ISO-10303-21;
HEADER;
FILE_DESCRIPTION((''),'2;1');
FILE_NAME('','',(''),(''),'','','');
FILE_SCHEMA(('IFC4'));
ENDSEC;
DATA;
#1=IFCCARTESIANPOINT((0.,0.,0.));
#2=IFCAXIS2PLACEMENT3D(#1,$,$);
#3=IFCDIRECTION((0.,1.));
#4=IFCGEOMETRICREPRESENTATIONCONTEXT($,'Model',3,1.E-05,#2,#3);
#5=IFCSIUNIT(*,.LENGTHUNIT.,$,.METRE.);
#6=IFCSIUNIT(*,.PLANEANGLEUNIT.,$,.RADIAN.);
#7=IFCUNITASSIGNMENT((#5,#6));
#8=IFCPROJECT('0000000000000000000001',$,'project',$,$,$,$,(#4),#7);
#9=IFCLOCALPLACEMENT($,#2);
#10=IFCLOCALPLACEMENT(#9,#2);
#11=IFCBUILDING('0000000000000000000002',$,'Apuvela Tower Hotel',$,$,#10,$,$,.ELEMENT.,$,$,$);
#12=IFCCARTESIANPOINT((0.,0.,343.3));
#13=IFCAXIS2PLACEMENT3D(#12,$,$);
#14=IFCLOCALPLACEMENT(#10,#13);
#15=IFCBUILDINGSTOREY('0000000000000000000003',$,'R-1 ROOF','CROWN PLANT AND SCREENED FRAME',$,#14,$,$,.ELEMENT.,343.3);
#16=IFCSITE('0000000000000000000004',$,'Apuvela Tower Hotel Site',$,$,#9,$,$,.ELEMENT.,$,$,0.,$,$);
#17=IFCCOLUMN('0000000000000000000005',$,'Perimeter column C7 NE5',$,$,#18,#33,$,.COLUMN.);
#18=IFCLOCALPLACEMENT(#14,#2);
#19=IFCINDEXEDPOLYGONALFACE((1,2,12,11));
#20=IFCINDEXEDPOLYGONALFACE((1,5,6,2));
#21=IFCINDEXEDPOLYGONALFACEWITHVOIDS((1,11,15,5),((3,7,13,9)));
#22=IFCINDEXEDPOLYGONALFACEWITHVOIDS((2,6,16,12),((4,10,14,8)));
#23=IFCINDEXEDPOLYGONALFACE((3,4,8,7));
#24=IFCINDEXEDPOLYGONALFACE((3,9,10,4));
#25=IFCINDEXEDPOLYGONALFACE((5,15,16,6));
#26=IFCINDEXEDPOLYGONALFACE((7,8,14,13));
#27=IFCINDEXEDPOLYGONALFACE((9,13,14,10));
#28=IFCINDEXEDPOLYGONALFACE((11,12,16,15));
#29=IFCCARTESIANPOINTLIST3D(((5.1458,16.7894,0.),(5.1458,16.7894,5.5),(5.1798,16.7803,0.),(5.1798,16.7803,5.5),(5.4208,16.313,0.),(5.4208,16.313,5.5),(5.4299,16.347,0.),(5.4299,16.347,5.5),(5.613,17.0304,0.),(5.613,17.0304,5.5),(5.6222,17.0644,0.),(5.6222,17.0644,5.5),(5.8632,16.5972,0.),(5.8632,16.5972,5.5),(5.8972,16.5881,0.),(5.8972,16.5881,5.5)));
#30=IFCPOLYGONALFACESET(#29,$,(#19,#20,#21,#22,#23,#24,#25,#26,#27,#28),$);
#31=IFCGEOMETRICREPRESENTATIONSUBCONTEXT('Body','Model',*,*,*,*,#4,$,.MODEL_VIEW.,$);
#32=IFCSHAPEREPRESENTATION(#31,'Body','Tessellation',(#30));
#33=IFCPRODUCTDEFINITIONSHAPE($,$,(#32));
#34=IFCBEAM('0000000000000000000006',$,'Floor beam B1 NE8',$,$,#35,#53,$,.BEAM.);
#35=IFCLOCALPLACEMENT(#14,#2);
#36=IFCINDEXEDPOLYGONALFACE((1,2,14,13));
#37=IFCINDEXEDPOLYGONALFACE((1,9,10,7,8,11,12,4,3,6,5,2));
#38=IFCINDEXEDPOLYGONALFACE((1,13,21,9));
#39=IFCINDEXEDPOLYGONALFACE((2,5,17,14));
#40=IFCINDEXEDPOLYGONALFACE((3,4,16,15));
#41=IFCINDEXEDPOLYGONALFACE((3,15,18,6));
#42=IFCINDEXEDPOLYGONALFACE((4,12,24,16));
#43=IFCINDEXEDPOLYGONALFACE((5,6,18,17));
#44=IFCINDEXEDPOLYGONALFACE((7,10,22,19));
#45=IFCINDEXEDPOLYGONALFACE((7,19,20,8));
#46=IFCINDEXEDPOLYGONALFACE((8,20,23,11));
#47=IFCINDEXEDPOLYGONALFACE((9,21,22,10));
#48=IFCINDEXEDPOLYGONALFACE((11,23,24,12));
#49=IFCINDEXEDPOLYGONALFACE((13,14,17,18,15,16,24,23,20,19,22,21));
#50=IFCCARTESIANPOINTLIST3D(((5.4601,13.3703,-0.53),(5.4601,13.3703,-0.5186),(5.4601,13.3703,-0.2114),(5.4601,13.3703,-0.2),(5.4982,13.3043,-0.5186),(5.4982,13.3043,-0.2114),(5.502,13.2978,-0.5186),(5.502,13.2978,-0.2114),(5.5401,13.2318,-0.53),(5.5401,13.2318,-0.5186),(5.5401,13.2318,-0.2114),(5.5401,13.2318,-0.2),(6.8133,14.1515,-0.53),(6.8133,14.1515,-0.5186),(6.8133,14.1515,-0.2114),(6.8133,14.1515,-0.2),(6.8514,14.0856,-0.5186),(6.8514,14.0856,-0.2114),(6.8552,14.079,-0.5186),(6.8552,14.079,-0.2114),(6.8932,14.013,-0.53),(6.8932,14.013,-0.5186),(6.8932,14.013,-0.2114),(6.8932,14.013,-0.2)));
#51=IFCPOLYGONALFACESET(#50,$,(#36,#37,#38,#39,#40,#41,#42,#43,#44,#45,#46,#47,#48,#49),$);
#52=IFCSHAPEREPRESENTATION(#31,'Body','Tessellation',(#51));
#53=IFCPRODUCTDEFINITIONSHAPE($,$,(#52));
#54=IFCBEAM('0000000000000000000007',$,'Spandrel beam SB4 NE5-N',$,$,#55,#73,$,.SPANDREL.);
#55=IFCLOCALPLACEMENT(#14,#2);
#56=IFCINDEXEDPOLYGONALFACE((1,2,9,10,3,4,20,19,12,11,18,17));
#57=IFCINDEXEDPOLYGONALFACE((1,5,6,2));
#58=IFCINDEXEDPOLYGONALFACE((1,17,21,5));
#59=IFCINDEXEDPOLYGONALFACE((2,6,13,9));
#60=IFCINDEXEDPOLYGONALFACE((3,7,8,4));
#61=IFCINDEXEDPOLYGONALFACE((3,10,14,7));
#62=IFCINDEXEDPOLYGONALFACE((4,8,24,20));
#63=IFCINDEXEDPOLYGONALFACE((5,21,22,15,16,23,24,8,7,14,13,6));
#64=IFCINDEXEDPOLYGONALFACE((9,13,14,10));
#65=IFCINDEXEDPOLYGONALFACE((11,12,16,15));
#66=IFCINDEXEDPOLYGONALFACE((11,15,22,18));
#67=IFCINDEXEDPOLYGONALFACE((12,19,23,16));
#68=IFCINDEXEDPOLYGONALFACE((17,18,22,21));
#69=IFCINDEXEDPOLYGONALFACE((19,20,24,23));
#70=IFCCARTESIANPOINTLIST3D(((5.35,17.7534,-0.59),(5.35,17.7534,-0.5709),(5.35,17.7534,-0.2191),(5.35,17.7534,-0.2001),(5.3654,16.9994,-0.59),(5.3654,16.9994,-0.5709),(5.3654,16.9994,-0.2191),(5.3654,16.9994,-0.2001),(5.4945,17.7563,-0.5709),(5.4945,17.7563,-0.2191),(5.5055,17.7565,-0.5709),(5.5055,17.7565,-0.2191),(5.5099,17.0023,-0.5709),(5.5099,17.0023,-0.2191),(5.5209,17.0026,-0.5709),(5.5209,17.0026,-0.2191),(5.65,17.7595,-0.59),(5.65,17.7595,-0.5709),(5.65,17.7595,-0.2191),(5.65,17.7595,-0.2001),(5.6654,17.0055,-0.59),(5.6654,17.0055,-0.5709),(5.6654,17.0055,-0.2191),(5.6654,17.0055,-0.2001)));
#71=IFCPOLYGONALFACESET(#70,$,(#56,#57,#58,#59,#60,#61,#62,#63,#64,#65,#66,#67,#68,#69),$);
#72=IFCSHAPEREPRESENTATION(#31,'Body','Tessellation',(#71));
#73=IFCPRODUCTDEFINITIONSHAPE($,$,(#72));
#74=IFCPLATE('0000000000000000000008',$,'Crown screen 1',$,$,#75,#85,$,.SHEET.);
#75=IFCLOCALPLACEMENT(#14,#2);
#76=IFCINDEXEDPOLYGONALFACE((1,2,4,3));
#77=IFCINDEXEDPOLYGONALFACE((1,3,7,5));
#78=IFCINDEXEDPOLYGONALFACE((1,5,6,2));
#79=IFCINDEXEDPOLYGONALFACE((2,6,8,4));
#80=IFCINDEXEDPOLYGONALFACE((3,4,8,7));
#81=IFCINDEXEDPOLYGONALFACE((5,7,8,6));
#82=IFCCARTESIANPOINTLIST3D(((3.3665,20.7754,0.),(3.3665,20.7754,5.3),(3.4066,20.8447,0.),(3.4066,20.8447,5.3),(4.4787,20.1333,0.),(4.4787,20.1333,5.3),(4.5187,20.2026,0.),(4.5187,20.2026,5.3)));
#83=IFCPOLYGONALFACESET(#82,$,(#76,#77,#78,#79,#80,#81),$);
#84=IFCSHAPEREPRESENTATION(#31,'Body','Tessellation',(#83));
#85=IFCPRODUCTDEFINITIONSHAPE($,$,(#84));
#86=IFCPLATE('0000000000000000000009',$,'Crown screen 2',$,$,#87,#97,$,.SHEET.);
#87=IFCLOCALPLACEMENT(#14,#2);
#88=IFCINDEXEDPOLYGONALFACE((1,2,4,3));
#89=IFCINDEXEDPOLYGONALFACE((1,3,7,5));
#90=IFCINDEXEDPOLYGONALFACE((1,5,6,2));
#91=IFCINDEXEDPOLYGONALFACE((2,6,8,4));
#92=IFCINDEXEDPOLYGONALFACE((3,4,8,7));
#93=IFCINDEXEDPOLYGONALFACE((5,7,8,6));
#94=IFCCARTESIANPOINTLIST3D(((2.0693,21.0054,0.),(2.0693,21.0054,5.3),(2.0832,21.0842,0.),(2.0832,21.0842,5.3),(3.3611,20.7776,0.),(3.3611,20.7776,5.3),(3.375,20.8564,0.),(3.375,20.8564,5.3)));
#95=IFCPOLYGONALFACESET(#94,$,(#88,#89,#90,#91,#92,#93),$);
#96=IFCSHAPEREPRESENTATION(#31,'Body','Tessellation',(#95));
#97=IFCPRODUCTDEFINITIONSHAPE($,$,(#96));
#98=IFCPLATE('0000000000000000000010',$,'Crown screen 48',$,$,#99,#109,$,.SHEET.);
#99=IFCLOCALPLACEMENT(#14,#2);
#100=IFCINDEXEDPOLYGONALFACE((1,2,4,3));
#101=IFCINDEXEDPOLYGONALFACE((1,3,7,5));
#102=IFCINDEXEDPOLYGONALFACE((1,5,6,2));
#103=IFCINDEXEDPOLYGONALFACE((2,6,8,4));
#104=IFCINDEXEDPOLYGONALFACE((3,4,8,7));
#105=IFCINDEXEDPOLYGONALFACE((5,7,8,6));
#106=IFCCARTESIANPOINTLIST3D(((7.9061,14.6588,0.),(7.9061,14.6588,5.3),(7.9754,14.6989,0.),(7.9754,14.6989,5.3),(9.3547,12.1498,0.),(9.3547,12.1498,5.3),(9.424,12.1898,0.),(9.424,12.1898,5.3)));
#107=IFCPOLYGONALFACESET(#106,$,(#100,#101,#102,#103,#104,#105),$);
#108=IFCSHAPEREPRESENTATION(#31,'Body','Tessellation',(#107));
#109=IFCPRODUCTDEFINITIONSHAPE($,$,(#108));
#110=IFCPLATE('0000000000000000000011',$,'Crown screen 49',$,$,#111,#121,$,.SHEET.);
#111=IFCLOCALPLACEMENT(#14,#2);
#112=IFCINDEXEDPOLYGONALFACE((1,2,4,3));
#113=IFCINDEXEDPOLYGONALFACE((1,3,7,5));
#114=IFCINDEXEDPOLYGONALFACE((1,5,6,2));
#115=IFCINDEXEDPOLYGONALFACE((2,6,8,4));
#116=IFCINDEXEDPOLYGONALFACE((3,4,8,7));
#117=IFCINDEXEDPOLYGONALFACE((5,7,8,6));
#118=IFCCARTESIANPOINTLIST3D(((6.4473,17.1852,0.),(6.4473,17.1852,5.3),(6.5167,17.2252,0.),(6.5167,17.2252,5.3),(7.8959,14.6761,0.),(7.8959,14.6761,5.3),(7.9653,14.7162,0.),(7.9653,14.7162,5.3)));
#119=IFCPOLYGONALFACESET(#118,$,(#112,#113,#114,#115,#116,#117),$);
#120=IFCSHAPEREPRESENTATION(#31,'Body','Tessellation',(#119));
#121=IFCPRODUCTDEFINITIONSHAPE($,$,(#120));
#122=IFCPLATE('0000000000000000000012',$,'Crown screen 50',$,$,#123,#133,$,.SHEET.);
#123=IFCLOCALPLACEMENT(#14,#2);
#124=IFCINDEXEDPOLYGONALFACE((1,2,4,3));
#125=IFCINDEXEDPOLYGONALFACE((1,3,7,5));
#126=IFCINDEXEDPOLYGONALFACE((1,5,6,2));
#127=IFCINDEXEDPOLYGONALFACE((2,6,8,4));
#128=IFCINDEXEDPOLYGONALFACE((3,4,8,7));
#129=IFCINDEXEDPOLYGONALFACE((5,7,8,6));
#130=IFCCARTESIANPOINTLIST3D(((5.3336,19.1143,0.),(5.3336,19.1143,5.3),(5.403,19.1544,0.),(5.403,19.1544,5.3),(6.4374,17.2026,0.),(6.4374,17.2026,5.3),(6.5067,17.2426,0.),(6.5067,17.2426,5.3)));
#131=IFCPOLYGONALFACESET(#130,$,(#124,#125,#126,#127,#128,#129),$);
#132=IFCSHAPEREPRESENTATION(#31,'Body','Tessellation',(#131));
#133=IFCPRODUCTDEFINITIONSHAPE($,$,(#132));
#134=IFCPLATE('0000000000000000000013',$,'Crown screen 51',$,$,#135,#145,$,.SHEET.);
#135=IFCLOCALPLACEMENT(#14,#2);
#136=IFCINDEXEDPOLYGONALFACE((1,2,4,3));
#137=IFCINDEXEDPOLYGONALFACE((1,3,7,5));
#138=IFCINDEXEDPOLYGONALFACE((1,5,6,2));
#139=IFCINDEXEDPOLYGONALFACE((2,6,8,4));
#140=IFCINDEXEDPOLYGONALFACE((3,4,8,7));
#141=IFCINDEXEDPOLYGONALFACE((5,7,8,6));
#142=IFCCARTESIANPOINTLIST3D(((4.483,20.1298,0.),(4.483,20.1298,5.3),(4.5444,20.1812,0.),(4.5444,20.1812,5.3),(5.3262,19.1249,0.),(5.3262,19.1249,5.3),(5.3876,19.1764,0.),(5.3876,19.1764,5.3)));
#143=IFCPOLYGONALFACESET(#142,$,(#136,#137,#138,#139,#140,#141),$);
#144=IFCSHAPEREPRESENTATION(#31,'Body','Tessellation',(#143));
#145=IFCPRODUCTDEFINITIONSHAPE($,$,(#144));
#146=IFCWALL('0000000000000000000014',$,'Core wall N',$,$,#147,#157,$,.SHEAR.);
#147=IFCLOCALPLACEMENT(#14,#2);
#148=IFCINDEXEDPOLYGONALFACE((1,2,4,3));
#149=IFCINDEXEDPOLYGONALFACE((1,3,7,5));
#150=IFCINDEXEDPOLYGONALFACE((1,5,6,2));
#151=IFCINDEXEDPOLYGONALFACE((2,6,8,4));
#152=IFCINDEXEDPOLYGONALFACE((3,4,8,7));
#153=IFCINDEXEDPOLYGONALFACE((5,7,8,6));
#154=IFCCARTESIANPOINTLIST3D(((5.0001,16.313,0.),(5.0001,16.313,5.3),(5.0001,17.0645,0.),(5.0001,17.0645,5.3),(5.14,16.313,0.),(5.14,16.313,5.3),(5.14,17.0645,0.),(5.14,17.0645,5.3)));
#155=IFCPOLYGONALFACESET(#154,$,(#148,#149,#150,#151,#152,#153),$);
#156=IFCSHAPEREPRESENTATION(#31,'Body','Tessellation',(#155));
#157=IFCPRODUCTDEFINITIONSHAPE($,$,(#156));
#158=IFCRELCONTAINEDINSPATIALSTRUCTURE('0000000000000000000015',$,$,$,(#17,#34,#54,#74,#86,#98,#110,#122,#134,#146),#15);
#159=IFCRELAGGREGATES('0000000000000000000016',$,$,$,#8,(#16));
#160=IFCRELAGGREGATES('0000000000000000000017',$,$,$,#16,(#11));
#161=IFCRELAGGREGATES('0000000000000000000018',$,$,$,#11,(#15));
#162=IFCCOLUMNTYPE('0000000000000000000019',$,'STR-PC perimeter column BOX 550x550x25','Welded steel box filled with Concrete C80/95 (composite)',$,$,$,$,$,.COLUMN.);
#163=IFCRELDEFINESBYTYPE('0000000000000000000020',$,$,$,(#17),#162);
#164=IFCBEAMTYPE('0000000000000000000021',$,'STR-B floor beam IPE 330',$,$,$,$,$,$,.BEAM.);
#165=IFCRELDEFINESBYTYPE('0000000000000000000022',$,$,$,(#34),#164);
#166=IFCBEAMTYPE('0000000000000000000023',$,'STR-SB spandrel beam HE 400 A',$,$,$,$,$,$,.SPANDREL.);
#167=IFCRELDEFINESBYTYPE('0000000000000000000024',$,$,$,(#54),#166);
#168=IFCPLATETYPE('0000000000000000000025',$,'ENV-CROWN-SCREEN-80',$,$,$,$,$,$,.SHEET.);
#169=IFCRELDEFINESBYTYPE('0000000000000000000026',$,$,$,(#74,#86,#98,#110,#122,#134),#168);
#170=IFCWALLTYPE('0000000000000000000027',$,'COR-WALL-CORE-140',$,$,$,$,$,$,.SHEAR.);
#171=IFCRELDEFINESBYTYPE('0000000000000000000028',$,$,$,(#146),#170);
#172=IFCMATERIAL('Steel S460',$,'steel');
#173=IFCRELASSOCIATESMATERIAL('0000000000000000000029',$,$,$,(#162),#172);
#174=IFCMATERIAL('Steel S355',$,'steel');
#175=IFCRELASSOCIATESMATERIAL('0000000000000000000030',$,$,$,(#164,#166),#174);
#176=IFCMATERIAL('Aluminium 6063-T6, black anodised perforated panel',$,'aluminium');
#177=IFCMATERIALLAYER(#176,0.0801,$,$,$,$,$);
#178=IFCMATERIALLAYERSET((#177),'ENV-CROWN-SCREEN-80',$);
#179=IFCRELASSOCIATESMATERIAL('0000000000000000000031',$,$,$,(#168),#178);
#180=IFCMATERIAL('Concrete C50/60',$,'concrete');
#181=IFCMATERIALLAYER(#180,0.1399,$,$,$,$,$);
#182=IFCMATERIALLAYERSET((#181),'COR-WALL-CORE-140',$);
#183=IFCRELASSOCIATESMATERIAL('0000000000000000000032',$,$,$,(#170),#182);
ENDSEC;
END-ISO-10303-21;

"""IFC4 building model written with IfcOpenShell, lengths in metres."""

from ifc_helpers import new_model, si_unit, direction, frame, frame_2d, origin, origin_2d, place, context, subcontext, project, spatial, rectangle, hollow_rectangle, i_section, extrude, material, layer, layer_set, material_profile, profile_set, type_object, element, save


model = new_model("IFC4")

# Units and contexts
model_context = context("Model", 3, precision=1e-05, world=origin(), true_north=direction((0.0, 1.0)))
body_context = subcontext(model_context, "Body", "Model", "MODEL_VIEW")
ifc_project = project(units=[si_unit("LENGTHUNIT", "METRE"), si_unit("PLANEANGLEUNIT", "RADIAN")], contexts=[model_context])

# Site, building, storey
site_placement = place(None, origin())
site = spatial("IfcSite", under=ifc_project, at=site_placement, Name="Apuvela Tower Hotel Site", CompositionType="ELEMENT", RefElevation=0.0)
building_placement = place(site_placement, origin())
building = spatial("IfcBuilding", under=site, at=building_placement, Name="Apuvela Tower Hotel", CompositionType="ELEMENT")
storey_placement = place(building_placement, frame((0.0, 0.0, 343.3)))
storey = spatial("IfcBuildingStorey", under=building, at=storey_placement, Name="R-1 ROOF", Description="CROWN PLANT AND SCREENED FRAME", CompositionType="ELEMENT", Elevation=343.3)

# Column
ifc_material_1 = material(Name="Steel S460", Category="steel")
ifc_material_profile_1 = material_profile(ifc_material_1, hollow_rectangle(XDim=0.55, YDim=0.55, WallThickness=0.0249, at=origin_2d()), Name="BOX 550x550x25")
ifc_material_2 = material(Name="Concrete C80/95", Category="concrete")
ifc_material_profile_2 = material_profile(ifc_material_2, rectangle(XDim=0.5, YDim=0.5, at=origin_2d()), Name="Concrete C80/95 infill")
ifc_profile_set_1 = profile_set([ifc_material_profile_1, ifc_material_profile_2], Name="Steel S460")
column_type = type_object("IfcColumnType", Name="STR-PC perimeter column BOX 550x550x25", Description="Welded steel box filled with Concrete C80/95 (composite)", PredefinedType="COLUMN", material=ifc_profile_set_1)
column_placement = place(storey_placement, frame((5.5215, 16.6887, 0.0), z_axis=(0.0, 0.0, 1.0), x_axis=(-0.5, 0.866025, 0.0)))
element("IfcColumn", 1, at=column_placement, inside=storey, type_object=column_type, Name="Perimeter column C7 NE5", PredefinedType="COLUMN", context=body_context, shape_type="SweptSolid", body=[
    extrude(hollow_rectangle(XDim=0.55, YDim=0.55, WallThickness=0.0249, at=origin_2d()), origin(), (0.0, 0.0, 1.0), 5.5),
])

# Beams
ifc_material_3 = material(Name="Steel S355", Category="steel")
ifc_material_profile_3 = material_profile(ifc_material_3, i_section(OverallWidth=0.1599, OverallDepth=0.3301, WebThickness=0.0076, FlangeThickness=0.0115, at=origin_2d()), Name="IPE 330")
ifc_profile_set_2 = profile_set([ifc_material_profile_3], Name="Steel S355")
beam_type_1 = type_object("IfcBeamType", Name="STR-B floor beam IPE 330", PredefinedType="BEAM", material=ifc_profile_set_2)
beam_1_placement = place(storey_placement, frame((6.8533, 14.0823, -0.365), z_axis=(-0.866042, -0.49997, 0.0), x_axis=(0.49997, -0.866042, 0.0)))
element("IfcBeam", 2, at=beam_1_placement, inside=storey, type_object=beam_type_1, Name="Floor beam B1 NE8", PredefinedType="BEAM", context=body_context, shape_type="SweptSolid", body=[
    extrude(i_section(OverallWidth=0.1599, OverallDepth=0.3301, WebThickness=0.0076, FlangeThickness=0.0115, at=origin_2d()), origin(), (0.0, 0.0, 1.0), 1.5625),
])
ifc_material_profile_4 = material_profile(ifc_material_3, i_section(OverallWidth=0.3, OverallDepth=0.3899, WebThickness=0.011, FlangeThickness=0.019, at=origin_2d()), Name="HE 400 A")
ifc_profile_set_3 = profile_set([ifc_material_profile_4], Name="Steel S355")
beam_type_2 = type_object("IfcBeamType", Name="STR-SB spandrel beam HE 400 A", PredefinedType="SPANDREL", material=ifc_profile_set_3)
beam_2_placement = place(storey_placement, frame((5.5154, 17.0024, -0.395), z_axis=(-0.020397, 0.999792, 0.0), x_axis=(-0.999792, -0.020397, 0.0)))
element("IfcBeam", 3, at=beam_2_placement, inside=storey, type_object=beam_type_2, Name="Spandrel beam SB4 NE5-N", PredefinedType="SPANDREL", context=body_context, shape_type="SweptSolid", body=[
    extrude(i_section(OverallWidth=0.3, OverallDepth=0.3899, WebThickness=0.011, FlangeThickness=0.019, at=origin_2d()), origin(), (0.0, 0.0, 1.0), 0.7542),
])

# Plates
ifc_material_4 = material(Name="Aluminium 6063-T6, black anodised perforated panel", Category="aluminium")
ifc_layer_1 = layer(ifc_material_4, 0.0801)
ifc_layer_set_1 = layer_set([ifc_layer_1], Name="ENV-CROWN-SCREEN-80")
plate_type = type_object("IfcPlateType", Name="ENV-CROWN-SCREEN-80", PredefinedType="SHEET", material=ifc_layer_set_1)
plate_1_placement = place(storey_placement, frame((3.9426, 20.489, 0.0), z_axis=(0.0, 0.0, 1.0), x_axis=(-0.866025, 0.5, 0.0)))
element("IfcPlate", 4, at=plate_1_placement, inside=storey, type_object=plate_type, Name="Crown screen 1", PredefinedType="SHEET", context=body_context, shape_type="SweptSolid", body=[
    extrude(rectangle(XDim=1.2842, YDim=0.0801, at=origin_2d()), origin(), (0.0, 0.0, 1.0), 5.3),
])
plate_2_placement = place(storey_placement, frame((2.7222, 20.9309, 0.0), z_axis=(0.0, 0.0, 1.0), x_axis=(-0.984808, 0.173648, 0.0)))
element("IfcPlate", 5, at=plate_2_placement, inside=storey, type_object=plate_type, Name="Crown screen 2", PredefinedType="SHEET", context=body_context, shape_type="SweptSolid", body=[
    extrude(rectangle(XDim=1.3118, YDim=0.0801, at=origin_2d()), origin(), (0.0, 0.0, 1.0), 5.3),
])
for number, where, z_axis, x_axis, name in (
    (6, (8.665, 13.4243, 0.0), (0.0, 0.0, 1.0), (-0.5, 0.866025, 0.0), "Crown screen 48"),
    (7, (7.2063, 15.9507, 0.0), (0.0, 0.0, 1.0), (-0.5, 0.866025, 0.0), "Crown screen 49"),
):
    element("IfcPlate", number, at=place(storey_placement, frame(where, z_axis=z_axis, x_axis=x_axis)), inside=storey, type_object=plate_type, Name=name, PredefinedType="SHEET", context=body_context, shape_type="SweptSolid", body=[
        extrude(rectangle(XDim=2.8972, YDim=0.0801, at=origin_2d()), origin(), (0.0, 0.0, 1.0), 5.3),
    ])
plate_3_placement = place(storey_placement, frame((5.9202, 18.1785, 0.0), z_axis=(0.0, 0.0, 1.0), x_axis=(-0.5, 0.866025, 0.0)))
element("IfcPlate", 8, at=plate_3_placement, inside=storey, type_object=plate_type, Name="Crown screen 50", PredefinedType="SHEET", context=body_context, shape_type="SweptSolid", body=[
    extrude(rectangle(XDim=2.2075, YDim=0.0801, at=origin_2d()), origin(), (0.0, 0.0, 1.0), 5.3),
])
plate_4_placement = place(storey_placement, frame((4.9353, 19.6531, 0.0), z_axis=(0.0, 0.0, 1.0), x_axis=(-0.642788, 0.766044, 0.0)))
element("IfcPlate", 9, at=plate_4_placement, inside=storey, type_object=plate_type, Name="Crown screen 51", PredefinedType="SHEET", context=body_context, shape_type="SweptSolid", body=[
    extrude(rectangle(XDim=1.3118, YDim=0.0801, at=origin_2d()), origin(), (0.0, 0.0, 1.0), 5.3),
])

# Wall
ifc_material_5 = material(Name="Concrete C50/60", Category="concrete")
ifc_layer_2 = layer(ifc_material_5, 0.1399)
ifc_layer_set_2 = layer_set([ifc_layer_2], Name="COR-WALL-CORE-140")
wall_type_1 = type_object("IfcWallType", Name="COR-WALL-CORE-140", PredefinedType="SHEAR", material=ifc_layer_set_2)
wall_1_placement = place(storey_placement, frame((5.0701, 16.313, 0.0), z_axis=(0.0, 0.0, 1.0), x_axis=(0.0, 1.0, 0.0)))
element("IfcWall", 10, at=wall_1_placement, inside=storey, type_object=wall_type_1, Name="Core wall N", PredefinedType="SHEAR", context=body_context, shape_type="SweptSolid", body=[
    extrude(rectangle(XDim=0.7515, YDim=0.1399, at=frame_2d((0.3757, 0.0))), origin(), (0.0, 0.0, 1.0), 5.3),
])

save(model, "model.ifc")
